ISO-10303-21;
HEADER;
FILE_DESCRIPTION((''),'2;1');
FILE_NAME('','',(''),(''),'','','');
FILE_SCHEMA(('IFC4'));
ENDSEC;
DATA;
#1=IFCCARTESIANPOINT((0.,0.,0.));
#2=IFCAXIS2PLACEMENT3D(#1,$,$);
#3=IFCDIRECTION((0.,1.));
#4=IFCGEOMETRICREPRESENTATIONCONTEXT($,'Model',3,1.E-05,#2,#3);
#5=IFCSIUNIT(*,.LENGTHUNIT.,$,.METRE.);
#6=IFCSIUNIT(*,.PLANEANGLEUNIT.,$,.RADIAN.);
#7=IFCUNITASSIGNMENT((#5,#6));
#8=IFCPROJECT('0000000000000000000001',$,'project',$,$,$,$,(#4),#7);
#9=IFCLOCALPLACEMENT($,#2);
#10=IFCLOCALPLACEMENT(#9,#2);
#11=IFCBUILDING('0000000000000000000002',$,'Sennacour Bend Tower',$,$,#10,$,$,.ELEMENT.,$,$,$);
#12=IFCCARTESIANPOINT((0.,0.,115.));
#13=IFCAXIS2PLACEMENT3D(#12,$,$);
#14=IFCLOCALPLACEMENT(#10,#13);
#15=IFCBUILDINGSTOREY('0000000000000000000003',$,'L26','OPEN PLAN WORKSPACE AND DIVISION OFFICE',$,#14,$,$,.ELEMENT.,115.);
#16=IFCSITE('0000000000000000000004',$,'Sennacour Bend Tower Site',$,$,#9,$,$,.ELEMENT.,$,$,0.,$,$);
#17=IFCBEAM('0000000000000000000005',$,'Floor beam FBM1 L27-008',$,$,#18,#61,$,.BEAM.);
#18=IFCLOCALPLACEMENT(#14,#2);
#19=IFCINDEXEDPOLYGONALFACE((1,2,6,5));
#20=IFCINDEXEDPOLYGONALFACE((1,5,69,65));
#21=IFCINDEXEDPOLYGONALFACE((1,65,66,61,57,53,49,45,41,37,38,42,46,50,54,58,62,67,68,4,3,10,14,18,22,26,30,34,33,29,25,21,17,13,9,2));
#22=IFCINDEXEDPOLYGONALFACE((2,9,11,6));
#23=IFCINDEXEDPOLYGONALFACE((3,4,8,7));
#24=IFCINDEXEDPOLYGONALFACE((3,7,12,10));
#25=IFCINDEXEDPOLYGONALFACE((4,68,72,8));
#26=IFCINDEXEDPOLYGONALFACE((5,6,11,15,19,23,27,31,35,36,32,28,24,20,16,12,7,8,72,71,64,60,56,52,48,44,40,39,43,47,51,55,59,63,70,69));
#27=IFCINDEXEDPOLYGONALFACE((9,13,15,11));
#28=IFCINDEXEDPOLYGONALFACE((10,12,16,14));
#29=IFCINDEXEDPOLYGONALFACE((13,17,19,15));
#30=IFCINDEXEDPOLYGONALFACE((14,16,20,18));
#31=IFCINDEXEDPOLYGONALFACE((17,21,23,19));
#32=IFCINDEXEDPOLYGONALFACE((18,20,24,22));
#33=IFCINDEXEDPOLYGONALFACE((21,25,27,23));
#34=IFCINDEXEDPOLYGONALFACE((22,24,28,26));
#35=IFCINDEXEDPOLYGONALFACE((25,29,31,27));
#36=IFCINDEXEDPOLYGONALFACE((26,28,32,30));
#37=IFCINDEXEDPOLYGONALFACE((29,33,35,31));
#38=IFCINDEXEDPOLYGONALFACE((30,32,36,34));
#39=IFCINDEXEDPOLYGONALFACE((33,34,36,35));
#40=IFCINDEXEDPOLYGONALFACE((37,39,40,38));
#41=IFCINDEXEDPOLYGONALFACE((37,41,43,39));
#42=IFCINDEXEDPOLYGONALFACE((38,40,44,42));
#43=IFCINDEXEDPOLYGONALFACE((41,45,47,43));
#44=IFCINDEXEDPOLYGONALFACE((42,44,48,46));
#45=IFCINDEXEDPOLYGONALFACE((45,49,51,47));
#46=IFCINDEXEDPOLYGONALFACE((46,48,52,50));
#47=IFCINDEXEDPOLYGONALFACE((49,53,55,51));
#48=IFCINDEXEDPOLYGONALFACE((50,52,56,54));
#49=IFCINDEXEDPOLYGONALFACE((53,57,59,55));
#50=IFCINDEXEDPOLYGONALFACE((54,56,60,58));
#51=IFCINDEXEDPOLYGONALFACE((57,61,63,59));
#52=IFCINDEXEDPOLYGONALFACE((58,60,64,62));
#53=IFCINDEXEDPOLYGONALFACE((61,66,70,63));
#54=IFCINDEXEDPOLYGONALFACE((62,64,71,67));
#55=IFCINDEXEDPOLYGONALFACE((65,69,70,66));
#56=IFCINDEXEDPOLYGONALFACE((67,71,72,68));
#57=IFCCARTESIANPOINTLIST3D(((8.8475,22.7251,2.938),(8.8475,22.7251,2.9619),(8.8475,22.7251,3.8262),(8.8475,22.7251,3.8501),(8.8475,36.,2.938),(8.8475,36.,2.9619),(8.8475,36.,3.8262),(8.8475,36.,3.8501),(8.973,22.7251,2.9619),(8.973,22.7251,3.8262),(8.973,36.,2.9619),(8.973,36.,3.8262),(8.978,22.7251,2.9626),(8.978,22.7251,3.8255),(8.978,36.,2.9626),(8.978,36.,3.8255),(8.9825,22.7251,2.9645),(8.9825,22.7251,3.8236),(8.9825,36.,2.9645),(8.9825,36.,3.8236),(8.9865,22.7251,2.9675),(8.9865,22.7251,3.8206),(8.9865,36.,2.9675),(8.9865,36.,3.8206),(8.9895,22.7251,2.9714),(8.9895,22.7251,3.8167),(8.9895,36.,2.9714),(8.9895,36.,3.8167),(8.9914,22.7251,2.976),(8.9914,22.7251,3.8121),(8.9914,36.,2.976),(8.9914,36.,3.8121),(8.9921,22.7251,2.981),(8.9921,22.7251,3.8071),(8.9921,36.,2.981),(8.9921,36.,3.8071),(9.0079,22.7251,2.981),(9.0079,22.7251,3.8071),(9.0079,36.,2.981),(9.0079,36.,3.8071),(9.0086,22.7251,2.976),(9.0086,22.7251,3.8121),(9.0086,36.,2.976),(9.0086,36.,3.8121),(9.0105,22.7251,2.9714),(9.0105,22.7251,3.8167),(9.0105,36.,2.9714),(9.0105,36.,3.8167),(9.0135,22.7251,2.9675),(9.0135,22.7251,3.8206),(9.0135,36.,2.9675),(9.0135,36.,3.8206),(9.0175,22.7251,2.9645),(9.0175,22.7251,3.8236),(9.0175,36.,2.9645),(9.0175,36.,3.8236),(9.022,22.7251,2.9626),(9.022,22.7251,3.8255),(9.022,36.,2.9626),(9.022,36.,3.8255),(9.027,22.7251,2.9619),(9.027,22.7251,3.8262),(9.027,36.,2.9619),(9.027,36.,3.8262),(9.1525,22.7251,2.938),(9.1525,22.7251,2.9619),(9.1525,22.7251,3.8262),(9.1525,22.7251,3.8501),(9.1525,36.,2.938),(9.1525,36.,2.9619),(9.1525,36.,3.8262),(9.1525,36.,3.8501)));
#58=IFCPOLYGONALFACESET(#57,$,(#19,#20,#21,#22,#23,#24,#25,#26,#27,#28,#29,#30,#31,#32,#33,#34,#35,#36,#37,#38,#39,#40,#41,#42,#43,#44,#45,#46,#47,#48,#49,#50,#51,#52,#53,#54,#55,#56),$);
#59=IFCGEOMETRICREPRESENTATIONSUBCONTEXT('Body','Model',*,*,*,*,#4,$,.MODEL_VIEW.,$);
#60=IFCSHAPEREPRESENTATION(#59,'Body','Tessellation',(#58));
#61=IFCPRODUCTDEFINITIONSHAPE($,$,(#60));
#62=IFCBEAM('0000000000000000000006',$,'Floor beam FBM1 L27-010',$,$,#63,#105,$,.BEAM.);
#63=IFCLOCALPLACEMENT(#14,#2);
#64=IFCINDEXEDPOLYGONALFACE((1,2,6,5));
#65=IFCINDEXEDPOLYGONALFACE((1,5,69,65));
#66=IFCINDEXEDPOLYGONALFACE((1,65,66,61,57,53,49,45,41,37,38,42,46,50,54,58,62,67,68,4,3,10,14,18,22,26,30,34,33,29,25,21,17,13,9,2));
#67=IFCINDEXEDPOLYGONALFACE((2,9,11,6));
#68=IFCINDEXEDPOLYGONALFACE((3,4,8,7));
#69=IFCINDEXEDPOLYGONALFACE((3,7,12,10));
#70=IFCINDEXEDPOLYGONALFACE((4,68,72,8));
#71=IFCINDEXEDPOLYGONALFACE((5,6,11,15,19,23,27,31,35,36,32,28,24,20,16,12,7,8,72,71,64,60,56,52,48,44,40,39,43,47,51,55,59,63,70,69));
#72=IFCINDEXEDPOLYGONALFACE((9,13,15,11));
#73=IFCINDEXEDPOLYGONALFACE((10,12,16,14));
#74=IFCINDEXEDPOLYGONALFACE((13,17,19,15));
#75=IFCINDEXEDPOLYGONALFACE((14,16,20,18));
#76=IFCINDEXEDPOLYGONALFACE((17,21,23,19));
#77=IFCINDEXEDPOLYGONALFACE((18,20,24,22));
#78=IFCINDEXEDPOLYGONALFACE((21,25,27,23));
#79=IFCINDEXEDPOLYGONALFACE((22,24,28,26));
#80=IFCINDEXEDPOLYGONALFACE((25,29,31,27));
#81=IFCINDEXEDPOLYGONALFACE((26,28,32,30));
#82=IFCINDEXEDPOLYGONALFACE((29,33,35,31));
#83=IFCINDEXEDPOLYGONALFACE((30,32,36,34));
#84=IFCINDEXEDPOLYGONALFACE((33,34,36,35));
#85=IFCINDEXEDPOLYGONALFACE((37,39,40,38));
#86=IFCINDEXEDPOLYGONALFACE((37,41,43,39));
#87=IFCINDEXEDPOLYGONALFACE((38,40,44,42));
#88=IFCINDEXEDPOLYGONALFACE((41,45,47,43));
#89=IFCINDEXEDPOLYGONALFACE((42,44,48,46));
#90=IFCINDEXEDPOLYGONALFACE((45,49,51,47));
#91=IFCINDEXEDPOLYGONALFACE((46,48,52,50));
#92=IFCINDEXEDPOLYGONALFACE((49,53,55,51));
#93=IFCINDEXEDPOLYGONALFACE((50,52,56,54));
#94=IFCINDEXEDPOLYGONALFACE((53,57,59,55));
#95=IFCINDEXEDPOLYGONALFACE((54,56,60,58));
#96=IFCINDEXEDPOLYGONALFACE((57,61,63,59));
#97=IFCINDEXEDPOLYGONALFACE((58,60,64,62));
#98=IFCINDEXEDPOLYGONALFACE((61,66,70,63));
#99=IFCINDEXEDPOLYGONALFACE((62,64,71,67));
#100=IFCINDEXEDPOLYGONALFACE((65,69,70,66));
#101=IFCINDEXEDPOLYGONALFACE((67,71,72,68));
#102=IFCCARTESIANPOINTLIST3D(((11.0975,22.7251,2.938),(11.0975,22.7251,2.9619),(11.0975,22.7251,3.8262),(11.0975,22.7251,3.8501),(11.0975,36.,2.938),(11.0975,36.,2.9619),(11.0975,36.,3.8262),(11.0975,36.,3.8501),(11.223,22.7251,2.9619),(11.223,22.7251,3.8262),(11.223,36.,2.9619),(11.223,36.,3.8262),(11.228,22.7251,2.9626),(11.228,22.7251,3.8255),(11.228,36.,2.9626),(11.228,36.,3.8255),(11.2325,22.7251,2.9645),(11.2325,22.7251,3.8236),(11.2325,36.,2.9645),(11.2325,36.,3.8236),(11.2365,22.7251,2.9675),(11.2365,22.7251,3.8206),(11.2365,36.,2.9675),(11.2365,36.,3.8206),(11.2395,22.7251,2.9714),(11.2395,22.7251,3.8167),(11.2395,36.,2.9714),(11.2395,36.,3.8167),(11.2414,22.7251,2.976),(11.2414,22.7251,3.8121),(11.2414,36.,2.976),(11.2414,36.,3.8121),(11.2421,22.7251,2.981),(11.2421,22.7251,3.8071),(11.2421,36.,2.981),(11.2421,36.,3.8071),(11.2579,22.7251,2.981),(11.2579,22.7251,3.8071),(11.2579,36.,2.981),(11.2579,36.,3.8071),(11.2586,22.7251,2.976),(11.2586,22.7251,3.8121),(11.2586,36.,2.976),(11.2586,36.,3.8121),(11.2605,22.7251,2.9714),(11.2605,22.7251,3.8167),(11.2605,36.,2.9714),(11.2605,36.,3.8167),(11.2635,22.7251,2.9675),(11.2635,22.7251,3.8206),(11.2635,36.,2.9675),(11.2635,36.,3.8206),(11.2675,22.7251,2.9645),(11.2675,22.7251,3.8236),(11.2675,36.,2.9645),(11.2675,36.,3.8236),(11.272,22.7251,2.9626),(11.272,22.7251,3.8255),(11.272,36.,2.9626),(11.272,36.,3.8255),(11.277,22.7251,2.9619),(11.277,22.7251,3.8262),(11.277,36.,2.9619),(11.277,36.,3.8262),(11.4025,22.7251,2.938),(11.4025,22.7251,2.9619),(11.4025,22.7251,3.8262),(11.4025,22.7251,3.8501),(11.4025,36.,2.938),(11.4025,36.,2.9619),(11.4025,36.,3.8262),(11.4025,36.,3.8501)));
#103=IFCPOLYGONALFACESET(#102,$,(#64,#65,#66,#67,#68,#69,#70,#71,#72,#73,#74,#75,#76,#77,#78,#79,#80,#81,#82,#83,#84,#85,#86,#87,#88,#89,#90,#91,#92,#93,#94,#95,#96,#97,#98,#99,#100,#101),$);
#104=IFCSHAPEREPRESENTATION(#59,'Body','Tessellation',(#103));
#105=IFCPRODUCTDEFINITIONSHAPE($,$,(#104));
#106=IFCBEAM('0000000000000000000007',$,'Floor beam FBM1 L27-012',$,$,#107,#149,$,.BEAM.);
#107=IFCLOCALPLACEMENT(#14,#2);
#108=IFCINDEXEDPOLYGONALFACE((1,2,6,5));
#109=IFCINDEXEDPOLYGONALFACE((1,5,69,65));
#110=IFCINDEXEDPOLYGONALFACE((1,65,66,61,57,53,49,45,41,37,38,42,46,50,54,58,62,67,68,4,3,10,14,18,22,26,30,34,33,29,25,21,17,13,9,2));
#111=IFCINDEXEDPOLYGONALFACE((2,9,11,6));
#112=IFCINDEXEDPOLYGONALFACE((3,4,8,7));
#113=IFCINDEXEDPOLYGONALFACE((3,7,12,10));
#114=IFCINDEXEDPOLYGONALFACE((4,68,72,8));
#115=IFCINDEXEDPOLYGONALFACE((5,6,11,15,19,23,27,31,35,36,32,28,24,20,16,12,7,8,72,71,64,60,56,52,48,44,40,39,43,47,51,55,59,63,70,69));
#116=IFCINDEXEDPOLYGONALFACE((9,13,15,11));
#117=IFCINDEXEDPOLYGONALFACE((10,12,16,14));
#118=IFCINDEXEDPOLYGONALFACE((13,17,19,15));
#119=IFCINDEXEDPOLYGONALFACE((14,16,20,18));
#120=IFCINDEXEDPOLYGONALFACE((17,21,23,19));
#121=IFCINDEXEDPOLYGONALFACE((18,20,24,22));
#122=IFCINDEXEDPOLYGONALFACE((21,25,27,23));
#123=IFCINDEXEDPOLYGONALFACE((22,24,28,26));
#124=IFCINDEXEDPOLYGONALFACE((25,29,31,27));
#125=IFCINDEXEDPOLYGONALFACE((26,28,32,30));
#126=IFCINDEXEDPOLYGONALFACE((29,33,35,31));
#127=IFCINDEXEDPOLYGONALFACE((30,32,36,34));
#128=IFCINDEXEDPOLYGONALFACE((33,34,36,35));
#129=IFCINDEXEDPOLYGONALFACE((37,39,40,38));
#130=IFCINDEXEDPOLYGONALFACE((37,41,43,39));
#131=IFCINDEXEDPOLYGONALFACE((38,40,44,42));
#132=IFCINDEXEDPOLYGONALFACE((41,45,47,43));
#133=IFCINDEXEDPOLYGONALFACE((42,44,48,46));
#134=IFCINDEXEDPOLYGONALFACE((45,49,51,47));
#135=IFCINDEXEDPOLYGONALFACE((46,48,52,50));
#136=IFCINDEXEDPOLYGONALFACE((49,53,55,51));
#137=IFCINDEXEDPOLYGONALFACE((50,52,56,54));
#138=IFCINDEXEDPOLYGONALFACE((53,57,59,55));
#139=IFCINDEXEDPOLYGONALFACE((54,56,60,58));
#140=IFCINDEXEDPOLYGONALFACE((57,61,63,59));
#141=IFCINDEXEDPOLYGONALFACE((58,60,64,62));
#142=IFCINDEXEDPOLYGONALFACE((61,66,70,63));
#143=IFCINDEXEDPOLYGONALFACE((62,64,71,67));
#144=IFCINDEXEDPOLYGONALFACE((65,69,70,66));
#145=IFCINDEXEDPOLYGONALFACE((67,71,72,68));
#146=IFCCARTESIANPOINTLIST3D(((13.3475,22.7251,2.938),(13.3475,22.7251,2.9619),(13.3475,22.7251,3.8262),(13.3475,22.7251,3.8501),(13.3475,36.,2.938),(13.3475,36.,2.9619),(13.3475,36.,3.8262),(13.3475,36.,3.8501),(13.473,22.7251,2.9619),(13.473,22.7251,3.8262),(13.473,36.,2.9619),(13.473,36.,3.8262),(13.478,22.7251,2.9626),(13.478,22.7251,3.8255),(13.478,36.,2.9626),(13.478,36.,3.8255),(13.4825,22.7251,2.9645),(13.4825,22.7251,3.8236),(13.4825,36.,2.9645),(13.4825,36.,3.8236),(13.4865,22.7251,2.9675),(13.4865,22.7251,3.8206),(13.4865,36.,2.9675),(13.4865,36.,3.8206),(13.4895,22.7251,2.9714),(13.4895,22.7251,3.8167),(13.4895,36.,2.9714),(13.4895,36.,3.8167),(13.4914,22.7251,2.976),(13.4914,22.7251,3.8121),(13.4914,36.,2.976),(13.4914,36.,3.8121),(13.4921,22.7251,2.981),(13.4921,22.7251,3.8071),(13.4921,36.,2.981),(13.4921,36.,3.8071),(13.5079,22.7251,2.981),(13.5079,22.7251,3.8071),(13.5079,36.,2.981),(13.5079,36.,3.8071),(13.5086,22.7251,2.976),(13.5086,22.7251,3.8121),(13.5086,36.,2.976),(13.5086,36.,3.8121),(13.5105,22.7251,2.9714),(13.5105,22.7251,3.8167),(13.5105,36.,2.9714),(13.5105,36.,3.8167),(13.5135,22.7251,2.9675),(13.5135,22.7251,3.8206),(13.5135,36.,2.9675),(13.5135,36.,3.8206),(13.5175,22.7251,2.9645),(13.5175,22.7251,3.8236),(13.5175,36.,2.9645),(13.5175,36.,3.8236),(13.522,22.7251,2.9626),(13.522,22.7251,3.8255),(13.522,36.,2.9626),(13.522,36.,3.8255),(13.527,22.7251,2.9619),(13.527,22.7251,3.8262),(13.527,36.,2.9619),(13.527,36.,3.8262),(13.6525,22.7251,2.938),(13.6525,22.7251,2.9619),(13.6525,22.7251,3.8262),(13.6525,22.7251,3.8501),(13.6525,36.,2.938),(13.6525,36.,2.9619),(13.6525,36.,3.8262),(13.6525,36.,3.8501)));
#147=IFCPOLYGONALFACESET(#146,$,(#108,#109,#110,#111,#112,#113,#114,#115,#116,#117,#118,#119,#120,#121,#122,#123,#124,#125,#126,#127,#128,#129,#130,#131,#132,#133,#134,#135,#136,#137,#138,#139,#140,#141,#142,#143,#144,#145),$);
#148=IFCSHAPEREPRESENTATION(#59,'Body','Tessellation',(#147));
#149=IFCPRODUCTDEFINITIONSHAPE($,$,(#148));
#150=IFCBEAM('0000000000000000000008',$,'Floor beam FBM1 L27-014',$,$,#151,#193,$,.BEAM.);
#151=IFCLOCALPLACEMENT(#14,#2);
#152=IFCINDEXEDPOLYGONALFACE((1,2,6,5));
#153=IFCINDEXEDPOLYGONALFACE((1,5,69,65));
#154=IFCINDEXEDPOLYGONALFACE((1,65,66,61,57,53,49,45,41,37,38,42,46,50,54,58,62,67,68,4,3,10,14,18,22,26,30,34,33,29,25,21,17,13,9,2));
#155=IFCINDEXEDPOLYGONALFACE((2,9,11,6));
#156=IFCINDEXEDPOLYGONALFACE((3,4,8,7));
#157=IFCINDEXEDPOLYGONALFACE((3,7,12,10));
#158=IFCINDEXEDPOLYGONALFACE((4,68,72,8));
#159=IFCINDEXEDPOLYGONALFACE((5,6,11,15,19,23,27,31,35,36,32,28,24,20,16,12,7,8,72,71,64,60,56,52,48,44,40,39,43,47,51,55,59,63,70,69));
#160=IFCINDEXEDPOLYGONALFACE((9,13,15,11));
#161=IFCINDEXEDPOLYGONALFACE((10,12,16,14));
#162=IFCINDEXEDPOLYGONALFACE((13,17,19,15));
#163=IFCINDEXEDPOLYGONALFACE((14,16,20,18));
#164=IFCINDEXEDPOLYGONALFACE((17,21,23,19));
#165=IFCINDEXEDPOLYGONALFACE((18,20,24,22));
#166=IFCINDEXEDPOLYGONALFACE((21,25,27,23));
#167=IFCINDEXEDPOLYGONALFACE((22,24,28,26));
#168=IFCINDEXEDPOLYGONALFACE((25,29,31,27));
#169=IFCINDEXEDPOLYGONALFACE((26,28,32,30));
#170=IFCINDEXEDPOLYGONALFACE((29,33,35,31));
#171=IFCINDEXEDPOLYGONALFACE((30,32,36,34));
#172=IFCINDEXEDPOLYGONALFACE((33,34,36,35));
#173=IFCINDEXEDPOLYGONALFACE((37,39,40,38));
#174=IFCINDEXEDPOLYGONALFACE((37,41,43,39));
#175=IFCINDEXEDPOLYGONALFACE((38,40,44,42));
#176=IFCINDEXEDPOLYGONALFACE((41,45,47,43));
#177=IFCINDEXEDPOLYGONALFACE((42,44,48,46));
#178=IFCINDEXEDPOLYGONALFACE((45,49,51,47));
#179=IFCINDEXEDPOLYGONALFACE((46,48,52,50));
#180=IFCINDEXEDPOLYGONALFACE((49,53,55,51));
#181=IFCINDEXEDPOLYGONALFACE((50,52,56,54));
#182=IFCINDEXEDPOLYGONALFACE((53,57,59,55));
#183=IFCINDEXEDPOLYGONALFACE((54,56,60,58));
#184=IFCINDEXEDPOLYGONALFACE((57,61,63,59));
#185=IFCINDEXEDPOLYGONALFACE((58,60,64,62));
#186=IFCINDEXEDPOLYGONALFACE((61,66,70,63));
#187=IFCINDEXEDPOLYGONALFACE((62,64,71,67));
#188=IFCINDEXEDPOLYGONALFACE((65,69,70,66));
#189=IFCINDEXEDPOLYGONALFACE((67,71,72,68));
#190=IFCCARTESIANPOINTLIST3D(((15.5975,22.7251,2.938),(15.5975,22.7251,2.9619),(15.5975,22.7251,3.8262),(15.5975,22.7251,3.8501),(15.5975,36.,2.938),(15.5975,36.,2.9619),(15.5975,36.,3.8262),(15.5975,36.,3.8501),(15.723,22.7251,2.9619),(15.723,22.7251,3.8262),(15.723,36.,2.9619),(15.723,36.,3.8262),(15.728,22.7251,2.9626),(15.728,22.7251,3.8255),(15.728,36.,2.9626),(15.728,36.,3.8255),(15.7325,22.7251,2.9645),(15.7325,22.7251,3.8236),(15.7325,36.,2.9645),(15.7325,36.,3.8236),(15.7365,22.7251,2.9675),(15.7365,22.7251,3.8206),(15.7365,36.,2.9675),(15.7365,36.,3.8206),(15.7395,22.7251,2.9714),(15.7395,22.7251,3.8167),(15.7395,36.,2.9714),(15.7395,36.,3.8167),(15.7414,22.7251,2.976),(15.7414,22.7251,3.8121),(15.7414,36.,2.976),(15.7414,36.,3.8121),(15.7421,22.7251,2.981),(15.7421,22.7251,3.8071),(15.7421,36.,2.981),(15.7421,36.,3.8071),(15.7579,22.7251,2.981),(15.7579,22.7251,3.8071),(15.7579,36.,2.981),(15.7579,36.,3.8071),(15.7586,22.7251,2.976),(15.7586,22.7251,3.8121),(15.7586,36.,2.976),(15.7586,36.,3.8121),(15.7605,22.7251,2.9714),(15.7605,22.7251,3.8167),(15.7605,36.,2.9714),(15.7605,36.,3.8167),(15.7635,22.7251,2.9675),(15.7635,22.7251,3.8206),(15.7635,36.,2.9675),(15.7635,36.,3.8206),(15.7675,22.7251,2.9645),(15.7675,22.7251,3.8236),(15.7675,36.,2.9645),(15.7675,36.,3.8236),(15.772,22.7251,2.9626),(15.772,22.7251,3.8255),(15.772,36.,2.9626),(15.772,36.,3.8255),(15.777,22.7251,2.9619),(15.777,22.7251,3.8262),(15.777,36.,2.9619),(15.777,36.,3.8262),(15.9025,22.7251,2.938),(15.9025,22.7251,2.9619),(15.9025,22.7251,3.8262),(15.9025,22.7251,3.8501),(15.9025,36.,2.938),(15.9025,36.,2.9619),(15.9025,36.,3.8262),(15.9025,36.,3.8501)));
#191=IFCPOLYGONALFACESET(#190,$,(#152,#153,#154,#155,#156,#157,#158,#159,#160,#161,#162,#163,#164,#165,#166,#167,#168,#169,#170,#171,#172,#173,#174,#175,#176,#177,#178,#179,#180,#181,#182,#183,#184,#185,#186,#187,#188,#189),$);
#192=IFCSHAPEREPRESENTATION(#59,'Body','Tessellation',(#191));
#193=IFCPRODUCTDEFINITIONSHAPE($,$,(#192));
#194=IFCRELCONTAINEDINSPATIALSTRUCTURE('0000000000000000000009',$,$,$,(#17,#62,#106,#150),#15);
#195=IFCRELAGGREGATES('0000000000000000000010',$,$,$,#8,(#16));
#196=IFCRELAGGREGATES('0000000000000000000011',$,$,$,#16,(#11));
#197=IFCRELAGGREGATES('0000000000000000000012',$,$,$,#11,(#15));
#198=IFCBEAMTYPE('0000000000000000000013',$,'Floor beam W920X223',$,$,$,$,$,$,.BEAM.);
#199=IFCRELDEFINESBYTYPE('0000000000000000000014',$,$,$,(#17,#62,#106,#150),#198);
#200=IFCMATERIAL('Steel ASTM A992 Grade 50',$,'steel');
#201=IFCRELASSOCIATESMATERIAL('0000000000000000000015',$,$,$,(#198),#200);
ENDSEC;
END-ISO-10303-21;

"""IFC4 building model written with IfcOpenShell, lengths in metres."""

from ifc_helpers import new_model, si_unit, direction, frame, origin, origin_2d, place, context, subcontext, project, spatial, i_section, extrude, material, material_profile, profile_set, type_object, element, save


model = new_model("IFC4")

# Units and contexts
model_context = context("Model", 3, precision=1e-05, world=origin(), true_north=direction((0.0, 1.0)))
body_context = subcontext(model_context, "Body", "Model", "MODEL_VIEW")
ifc_project = project(units=[si_unit("LENGTHUNIT", "METRE"), si_unit("PLANEANGLEUNIT", "RADIAN")], contexts=[model_context])

# Site, building, storey
site_placement = place(None, origin())
site = spatial("IfcSite", under=ifc_project, at=site_placement, Name="Sennacour Bend Tower Site", CompositionType="ELEMENT", RefElevation=0.0)
building_placement = place(site_placement, origin())
building = spatial("IfcBuilding", under=site, at=building_placement, Name="Sennacour Bend Tower", CompositionType="ELEMENT")
storey_placement = place(building_placement, frame((0.0, 0.0, 115.0)))
storey = spatial("IfcBuildingStorey", under=building, at=storey_placement, Name="L26", Description="OPEN PLAN WORKSPACE AND DIVISION OFFICE", CompositionType="ELEMENT", Elevation=115.0)

# Beams
ifc_material_1 = material(Name="Steel ASTM A992 Grade 50", Category="steel")
ifc_material_profile_1 = material_profile(ifc_material_1, i_section(OverallWidth=0.3049, OverallDepth=0.9121, WebThickness=0.0159, FlangeThickness=0.0239, FilletRadius=0.019, at=origin_2d()), Name="Steel ASTM A992 Grade 50", Category="steel")
ifc_profile_set_1 = profile_set([ifc_material_profile_1], Name="Steel ASTM A992 Grade 50")
beam_type_1 = type_object("IfcBeamType", Name="Floor beam W920X223", PredefinedType="BEAM", material=ifc_profile_set_1)
for number, where, z_axis, x_axis, name in (
    (1, (9.0, 22.7251, 3.394), (0.0, 1.0, 0.0), (-1.0, 0.0, 0.0), "Floor beam FBM1 L27-008"),
    (2, (11.25, 22.7251, 3.394), (0.0, 1.0, 0.0), (-1.0, 0.0, 0.0), "Floor beam FBM1 L27-010"),
    (3, (13.5, 22.7251, 3.394), (0.0, 1.0, 0.0), (-1.0, 0.0, 0.0), "Floor beam FBM1 L27-012"),
    (4, (15.75, 22.7251, 3.394), (0.0, 1.0, 0.0), (-1.0, 0.0, 0.0), "Floor beam FBM1 L27-014"),
):
    element("IfcBeam", number, at=place(storey_placement, frame(where, z_axis=z_axis, x_axis=x_axis)), inside=storey, type_object=beam_type_1, Name=name, PredefinedType="BEAM", context=body_context, shape_type="SweptSolid", body=[
        extrude(i_section(OverallWidth=0.3049, OverallDepth=0.9121, WebThickness=0.0159, FlangeThickness=0.0239, FilletRadius=0.019, at=origin_2d()), origin(), (0.0, 0.0, 1.0), 13.2749),
    ])

save(model, "model.ifc")
